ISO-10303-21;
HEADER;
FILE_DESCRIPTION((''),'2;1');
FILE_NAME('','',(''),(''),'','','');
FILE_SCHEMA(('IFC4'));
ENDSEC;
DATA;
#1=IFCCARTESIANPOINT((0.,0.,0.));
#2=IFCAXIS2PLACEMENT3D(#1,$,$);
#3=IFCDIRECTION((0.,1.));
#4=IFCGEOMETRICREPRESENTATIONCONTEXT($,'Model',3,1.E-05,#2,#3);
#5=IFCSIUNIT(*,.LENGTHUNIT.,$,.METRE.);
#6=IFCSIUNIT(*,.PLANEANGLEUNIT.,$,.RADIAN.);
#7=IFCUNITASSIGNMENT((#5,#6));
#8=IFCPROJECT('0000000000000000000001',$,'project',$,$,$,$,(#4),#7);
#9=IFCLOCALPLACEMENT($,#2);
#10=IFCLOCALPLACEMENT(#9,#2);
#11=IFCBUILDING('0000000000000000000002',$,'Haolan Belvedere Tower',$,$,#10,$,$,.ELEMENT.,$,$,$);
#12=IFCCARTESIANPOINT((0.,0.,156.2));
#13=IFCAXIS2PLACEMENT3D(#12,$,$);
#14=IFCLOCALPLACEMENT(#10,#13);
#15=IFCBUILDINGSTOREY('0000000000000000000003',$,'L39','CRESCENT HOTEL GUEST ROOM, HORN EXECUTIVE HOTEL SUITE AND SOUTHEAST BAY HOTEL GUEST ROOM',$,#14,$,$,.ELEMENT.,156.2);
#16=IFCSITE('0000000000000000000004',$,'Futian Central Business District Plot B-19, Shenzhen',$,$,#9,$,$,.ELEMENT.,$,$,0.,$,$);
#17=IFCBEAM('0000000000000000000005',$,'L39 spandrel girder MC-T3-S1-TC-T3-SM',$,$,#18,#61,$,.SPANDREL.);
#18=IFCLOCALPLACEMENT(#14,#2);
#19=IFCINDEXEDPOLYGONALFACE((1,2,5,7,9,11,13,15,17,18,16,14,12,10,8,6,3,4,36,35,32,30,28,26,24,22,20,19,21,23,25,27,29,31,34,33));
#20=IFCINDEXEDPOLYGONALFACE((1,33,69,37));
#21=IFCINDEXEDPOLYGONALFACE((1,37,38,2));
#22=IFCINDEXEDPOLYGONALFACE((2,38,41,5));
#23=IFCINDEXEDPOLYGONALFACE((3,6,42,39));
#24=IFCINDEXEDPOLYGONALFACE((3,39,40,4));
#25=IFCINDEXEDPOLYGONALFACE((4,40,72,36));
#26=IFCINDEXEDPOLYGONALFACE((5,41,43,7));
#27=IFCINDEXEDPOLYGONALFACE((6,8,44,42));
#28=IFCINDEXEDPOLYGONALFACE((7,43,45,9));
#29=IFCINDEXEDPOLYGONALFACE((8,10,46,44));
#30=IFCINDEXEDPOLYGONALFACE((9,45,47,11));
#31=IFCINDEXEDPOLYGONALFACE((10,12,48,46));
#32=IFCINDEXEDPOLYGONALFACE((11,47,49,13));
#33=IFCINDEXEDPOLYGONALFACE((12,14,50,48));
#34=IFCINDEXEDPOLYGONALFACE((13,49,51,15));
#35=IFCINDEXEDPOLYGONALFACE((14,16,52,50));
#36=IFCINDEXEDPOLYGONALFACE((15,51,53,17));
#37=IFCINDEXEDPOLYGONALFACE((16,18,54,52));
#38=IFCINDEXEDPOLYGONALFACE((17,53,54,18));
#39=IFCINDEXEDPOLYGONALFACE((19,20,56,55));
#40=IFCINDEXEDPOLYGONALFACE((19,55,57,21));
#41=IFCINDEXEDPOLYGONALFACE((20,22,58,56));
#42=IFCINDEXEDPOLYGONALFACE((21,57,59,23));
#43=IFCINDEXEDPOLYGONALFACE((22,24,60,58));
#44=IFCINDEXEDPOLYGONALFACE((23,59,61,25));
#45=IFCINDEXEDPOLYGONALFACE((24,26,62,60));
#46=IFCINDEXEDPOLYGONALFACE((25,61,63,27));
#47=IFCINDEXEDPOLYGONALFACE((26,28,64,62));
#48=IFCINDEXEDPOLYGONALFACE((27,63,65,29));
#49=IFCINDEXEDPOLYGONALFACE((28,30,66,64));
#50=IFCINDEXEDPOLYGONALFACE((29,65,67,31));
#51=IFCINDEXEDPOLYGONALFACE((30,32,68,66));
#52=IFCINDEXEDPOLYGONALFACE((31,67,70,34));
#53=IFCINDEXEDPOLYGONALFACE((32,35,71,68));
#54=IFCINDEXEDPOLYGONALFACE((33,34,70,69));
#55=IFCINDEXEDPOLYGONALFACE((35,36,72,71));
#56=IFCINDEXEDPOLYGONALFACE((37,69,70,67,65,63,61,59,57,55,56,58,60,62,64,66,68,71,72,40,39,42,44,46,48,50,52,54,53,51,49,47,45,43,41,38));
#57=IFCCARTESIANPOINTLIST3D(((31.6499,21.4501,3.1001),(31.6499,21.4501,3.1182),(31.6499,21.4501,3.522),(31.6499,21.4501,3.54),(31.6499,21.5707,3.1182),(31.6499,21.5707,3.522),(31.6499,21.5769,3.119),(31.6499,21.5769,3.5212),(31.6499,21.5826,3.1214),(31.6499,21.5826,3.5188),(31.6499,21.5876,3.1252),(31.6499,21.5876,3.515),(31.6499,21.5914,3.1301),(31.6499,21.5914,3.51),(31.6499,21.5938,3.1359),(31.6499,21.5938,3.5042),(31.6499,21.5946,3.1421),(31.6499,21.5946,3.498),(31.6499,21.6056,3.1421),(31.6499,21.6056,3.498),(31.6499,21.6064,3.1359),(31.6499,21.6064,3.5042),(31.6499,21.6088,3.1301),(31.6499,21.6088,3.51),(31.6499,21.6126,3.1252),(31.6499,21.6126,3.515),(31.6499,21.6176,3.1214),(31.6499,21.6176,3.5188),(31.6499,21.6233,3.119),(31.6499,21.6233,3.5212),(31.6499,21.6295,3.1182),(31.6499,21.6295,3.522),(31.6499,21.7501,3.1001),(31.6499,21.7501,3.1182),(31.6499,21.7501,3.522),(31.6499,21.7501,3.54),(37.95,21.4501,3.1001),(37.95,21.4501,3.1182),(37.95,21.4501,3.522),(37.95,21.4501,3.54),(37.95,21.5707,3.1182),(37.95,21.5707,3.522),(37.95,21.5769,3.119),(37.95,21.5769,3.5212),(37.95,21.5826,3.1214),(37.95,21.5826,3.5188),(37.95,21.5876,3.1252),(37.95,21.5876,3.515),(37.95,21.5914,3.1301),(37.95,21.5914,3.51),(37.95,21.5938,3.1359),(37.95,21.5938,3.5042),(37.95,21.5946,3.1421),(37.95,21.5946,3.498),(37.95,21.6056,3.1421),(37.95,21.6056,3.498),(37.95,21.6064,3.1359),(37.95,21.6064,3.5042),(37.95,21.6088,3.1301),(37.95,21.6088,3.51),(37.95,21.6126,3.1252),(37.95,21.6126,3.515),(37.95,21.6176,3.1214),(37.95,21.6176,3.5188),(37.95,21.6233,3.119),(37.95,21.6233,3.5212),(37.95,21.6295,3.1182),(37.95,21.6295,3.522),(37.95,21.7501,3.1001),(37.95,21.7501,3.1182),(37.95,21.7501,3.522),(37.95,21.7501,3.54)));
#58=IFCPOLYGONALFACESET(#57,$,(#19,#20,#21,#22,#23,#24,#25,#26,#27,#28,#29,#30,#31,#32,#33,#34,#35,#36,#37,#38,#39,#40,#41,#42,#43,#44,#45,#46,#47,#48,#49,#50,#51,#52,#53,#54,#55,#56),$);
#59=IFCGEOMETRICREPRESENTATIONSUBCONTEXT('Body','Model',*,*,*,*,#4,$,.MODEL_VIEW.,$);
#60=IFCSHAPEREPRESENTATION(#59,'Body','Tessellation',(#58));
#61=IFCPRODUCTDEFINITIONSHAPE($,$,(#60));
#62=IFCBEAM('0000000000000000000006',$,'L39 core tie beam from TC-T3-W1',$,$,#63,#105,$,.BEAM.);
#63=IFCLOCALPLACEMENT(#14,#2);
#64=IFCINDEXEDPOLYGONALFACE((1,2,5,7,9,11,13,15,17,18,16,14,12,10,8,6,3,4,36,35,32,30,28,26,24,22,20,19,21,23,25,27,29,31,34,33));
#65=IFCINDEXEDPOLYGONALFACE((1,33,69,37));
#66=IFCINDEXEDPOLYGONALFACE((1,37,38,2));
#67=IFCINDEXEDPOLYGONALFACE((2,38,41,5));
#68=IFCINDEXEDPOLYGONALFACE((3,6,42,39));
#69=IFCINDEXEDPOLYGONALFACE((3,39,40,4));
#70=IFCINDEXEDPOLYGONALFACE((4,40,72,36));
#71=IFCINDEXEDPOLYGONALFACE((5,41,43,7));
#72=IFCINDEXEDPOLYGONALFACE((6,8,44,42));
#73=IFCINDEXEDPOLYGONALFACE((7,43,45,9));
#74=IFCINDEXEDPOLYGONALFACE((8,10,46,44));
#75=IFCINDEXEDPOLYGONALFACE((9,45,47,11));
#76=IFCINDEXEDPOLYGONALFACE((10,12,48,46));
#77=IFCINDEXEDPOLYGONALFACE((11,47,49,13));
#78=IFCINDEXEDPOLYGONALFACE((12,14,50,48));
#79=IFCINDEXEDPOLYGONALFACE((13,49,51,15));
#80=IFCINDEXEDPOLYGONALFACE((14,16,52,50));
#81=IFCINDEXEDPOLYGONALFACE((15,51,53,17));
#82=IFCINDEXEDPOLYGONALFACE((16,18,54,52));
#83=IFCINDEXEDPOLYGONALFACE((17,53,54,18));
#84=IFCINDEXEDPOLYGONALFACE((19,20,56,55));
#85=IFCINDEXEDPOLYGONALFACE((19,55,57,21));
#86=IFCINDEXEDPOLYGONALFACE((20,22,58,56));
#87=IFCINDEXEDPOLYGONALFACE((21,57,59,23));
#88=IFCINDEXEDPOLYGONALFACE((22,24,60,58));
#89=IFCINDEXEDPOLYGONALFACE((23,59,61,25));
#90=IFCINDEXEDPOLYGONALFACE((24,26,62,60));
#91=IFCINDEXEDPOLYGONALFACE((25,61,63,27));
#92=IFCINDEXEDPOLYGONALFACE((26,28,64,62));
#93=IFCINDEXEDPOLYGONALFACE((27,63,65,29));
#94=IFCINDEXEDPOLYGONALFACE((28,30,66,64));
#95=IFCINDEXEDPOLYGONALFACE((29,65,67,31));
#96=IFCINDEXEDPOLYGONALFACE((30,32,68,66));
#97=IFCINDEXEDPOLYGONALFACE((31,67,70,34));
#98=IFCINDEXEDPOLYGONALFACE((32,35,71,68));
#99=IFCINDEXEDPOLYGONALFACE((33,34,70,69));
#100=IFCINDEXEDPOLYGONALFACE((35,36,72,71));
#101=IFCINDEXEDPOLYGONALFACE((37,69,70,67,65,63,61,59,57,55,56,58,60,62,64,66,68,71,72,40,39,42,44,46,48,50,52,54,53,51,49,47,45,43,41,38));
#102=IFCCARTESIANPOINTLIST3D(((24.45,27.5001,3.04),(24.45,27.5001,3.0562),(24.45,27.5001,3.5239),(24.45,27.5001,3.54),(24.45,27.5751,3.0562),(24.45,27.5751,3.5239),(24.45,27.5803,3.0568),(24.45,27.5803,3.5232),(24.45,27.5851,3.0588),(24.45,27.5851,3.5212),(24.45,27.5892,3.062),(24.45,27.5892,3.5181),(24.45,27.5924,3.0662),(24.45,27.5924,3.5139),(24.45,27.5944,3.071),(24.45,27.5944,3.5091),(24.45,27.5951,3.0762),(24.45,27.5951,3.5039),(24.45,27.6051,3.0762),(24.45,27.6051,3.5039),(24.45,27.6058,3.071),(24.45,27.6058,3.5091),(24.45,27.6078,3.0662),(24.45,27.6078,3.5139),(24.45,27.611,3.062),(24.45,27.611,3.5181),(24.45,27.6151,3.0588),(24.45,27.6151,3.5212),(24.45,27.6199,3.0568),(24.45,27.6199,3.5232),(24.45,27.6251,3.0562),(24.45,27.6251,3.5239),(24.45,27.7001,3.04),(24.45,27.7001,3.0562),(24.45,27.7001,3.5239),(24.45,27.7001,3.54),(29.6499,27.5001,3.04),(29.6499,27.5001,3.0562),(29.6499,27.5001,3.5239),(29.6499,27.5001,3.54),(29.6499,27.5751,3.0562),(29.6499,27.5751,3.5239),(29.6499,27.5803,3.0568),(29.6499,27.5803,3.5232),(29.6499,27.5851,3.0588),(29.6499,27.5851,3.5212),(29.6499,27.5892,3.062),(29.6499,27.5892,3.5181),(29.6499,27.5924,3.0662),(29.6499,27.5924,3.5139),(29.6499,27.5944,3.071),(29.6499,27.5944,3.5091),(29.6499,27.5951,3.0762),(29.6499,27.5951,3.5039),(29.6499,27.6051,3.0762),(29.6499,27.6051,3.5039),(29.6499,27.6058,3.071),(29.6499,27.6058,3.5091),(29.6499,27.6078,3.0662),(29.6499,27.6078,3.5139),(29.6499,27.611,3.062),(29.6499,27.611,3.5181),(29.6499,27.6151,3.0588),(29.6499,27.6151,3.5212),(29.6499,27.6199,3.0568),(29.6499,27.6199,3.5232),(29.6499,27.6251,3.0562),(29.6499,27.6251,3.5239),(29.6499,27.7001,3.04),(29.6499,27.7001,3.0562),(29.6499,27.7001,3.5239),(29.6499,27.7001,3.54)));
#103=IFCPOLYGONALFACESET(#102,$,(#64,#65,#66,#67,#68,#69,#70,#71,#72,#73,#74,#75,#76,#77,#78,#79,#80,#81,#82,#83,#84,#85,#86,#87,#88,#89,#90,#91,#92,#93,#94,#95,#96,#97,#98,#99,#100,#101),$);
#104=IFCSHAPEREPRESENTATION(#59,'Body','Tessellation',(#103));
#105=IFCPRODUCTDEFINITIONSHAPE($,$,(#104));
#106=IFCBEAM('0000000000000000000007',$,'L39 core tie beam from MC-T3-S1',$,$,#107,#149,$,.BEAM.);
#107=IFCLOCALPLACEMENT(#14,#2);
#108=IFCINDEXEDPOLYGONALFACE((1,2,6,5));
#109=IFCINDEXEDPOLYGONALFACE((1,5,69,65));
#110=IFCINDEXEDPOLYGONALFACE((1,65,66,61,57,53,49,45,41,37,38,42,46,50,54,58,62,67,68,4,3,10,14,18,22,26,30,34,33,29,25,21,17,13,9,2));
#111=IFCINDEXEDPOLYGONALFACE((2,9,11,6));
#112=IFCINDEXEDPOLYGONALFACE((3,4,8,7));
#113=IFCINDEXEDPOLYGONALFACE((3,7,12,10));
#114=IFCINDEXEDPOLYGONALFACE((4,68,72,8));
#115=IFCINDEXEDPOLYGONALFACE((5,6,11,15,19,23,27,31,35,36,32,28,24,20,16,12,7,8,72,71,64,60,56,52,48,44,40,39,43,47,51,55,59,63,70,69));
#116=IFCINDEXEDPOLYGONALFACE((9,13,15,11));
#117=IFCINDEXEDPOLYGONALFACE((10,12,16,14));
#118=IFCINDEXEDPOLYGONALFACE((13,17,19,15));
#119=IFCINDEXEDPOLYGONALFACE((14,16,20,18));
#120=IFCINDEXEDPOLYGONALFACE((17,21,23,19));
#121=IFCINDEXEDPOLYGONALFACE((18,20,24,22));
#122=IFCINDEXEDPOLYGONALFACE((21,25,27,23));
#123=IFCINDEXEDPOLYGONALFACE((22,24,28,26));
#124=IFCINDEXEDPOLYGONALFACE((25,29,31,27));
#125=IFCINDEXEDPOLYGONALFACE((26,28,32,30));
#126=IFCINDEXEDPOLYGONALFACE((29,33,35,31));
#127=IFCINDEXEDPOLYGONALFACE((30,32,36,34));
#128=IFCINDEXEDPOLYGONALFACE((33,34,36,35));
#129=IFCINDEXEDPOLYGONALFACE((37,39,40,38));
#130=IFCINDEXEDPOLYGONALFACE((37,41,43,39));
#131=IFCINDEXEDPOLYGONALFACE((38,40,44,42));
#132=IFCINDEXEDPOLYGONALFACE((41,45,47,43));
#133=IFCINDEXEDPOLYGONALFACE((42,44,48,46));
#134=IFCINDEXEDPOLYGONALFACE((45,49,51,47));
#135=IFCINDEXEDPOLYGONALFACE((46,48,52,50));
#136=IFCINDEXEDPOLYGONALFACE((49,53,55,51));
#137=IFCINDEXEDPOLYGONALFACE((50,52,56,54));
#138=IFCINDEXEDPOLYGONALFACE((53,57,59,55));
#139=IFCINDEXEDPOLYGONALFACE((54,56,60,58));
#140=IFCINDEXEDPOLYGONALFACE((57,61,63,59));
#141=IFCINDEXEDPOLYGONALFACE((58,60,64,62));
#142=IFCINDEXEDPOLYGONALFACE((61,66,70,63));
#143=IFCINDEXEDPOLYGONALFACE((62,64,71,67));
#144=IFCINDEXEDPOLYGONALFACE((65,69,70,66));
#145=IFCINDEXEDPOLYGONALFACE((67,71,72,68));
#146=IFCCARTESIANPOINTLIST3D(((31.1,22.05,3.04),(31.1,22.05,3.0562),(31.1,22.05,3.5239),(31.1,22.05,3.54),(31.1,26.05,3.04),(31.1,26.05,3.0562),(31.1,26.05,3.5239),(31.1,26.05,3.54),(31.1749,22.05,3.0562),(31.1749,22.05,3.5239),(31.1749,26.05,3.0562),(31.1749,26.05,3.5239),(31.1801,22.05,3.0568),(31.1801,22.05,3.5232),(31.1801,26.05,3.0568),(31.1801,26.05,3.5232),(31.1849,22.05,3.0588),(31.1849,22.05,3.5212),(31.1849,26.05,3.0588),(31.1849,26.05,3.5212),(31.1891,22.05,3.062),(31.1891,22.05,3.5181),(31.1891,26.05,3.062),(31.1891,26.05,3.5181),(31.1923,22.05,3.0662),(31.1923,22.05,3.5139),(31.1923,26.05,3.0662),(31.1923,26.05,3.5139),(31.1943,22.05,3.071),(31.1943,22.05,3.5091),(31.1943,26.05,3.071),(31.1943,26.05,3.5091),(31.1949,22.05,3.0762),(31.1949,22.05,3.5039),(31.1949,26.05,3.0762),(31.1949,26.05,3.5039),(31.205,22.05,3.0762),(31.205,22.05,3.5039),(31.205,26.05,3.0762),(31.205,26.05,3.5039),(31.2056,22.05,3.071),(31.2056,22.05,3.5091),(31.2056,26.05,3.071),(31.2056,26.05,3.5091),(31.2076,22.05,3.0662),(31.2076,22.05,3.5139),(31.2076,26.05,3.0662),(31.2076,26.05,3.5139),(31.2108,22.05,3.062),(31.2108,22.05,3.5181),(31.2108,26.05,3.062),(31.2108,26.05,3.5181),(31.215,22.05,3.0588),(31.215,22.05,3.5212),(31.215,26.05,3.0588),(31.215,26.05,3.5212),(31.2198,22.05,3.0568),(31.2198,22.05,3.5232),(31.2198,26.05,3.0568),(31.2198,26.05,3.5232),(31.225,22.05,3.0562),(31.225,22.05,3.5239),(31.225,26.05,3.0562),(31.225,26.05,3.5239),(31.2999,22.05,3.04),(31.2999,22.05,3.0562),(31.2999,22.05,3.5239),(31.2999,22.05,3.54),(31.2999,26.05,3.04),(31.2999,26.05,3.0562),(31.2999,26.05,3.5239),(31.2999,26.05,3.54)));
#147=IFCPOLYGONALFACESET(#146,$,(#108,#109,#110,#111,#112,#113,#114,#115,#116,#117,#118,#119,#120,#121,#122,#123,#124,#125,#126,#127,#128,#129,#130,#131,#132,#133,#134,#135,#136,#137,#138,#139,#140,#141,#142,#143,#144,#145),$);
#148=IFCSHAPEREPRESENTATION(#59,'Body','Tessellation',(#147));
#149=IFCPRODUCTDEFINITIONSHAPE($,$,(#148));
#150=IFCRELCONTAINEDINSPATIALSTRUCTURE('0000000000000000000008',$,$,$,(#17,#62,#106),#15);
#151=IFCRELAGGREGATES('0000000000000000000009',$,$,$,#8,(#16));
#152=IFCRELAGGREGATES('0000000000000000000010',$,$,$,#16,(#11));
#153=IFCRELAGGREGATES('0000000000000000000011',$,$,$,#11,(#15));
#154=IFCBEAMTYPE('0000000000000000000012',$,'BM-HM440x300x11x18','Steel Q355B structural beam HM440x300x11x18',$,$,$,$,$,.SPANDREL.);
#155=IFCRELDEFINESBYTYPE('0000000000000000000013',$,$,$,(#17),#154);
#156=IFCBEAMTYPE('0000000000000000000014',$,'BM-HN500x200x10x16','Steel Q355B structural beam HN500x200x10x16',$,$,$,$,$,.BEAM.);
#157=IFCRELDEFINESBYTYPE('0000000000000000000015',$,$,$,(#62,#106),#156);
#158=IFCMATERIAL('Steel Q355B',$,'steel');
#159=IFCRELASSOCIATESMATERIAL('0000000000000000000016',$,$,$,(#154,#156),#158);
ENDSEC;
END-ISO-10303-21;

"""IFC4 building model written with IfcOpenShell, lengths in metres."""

from ifc_helpers import new_model, si_unit, direction, frame, origin, origin_2d, place, context, subcontext, project, spatial, i_section, extrude, material, material_profile, profile_set, type_object, element, save


model = new_model("IFC4")

# Units and contexts
model_context = context("Model", 3, precision=1e-05, world=origin(), true_north=direction((0.0, 1.0)))
body_context = subcontext(model_context, "Body", "Model", "MODEL_VIEW")
ifc_project = project(units=[si_unit("LENGTHUNIT", "METRE"), si_unit("PLANEANGLEUNIT", "RADIAN")], contexts=[model_context])

# Site, building, storey
site_placement = place(None, origin())
site = spatial("IfcSite", under=ifc_project, at=site_placement, Name="Futian Central Business District Plot B-19, Shenzhen", CompositionType="ELEMENT", RefElevation=0.0)
building_placement = place(site_placement, origin())
building = spatial("IfcBuilding", under=site, at=building_placement, Name="Haolan Belvedere Tower", CompositionType="ELEMENT")
storey_placement = place(building_placement, frame((0.0, 0.0, 156.2)))
storey = spatial("IfcBuildingStorey", under=building, at=storey_placement, Name="L39", Description="CRESCENT HOTEL GUEST ROOM, HORN EXECUTIVE HOTEL SUITE AND SOUTHEAST BAY HOTEL GUEST ROOM", CompositionType="ELEMENT", Elevation=156.2)

# Beams
ifc_material_1 = material(Name="Steel Q355B", Category="steel")
ifc_material_profile_1 = material_profile(ifc_material_1, i_section(OverallWidth=0.3, OverallDepth=0.4399, WebThickness=0.011, FlangeThickness=0.0181, FilletRadius=0.0239, at=origin_2d()), Name="Steel Q355B")
ifc_profile_set_1 = profile_set([ifc_material_profile_1], Name="Steel Q355B")
beam_type_1 = type_object("IfcBeamType", Name="BM-HM440x300x11x18", Description="Steel Q355B structural beam HM440x300x11x18", PredefinedType="SPANDREL", material=ifc_profile_set_1)
for number, where, z_axis, x_axis, name in (
    (1, (31.6499, 21.6001, 3.3201), (1.0, 0.0, 0.0), (0.0, 1.0, 0.0), "L39 spandrel girder MC-T3-S1-TC-T3-SM"),
):
    element("IfcBeam", number, at=place(storey_placement, frame(where, z_axis=z_axis, x_axis=x_axis)), inside=storey, type_object=beam_type_1, Name=name, PredefinedType="SPANDREL", context=body_context, shape_type="SweptSolid", body=[
        extrude(i_section(OverallWidth=0.3, OverallDepth=0.4399, WebThickness=0.011, FlangeThickness=0.0181, FilletRadius=0.0239, at=origin_2d()), origin(), (0.0, 0.0, 1.0), 6.3),
    ])
ifc_material_profile_2 = material_profile(ifc_material_1, i_section(OverallWidth=0.2, OverallDepth=0.5, WebThickness=0.01, FlangeThickness=0.0161, FilletRadius=0.02, at=origin_2d()), Name="Steel Q355B")
ifc_profile_set_2 = profile_set([ifc_material_profile_2], Name="Steel Q355B")
beam_type_2 = type_object("IfcBeamType", Name="BM-HN500x200x10x16", Description="Steel Q355B structural beam HN500x200x10x16", PredefinedType="BEAM", material=ifc_profile_set_2)
beam_1_placement = place(storey_placement, frame((24.45, 27.6001, 3.29), z_axis=(1.0, 0.0, 0.0), x_axis=(0.0, 1.0, 0.0)))
element("IfcBeam", 2, at=beam_1_placement, inside=storey, type_object=beam_type_2, Name="L39 core tie beam from TC-T3-W1", PredefinedType="BEAM", context=body_context, shape_type="SweptSolid", body=[
    extrude(i_section(OverallWidth=0.2, OverallDepth=0.5, WebThickness=0.01, FlangeThickness=0.0161, FilletRadius=0.02, at=origin_2d()), origin(), (0.0, 0.0, 1.0), 5.2),
])
beam_2_placement = place(storey_placement, frame((31.2, 22.05, 3.29), z_axis=(0.0, 1.0, 0.0), x_axis=(-1.0, 0.0, 0.0)))
element("IfcBeam", 3, at=beam_2_placement, inside=storey, type_object=beam_type_2, Name="L39 core tie beam from MC-T3-S1", PredefinedType="BEAM", context=body_context, shape_type="SweptSolid", body=[
    extrude(i_section(OverallWidth=0.2, OverallDepth=0.5, WebThickness=0.01, FlangeThickness=0.0161, FilletRadius=0.02, at=origin_2d()), origin(), (0.0, 0.0, 1.0), 4.0),
])

save(model, "model.ifc")
